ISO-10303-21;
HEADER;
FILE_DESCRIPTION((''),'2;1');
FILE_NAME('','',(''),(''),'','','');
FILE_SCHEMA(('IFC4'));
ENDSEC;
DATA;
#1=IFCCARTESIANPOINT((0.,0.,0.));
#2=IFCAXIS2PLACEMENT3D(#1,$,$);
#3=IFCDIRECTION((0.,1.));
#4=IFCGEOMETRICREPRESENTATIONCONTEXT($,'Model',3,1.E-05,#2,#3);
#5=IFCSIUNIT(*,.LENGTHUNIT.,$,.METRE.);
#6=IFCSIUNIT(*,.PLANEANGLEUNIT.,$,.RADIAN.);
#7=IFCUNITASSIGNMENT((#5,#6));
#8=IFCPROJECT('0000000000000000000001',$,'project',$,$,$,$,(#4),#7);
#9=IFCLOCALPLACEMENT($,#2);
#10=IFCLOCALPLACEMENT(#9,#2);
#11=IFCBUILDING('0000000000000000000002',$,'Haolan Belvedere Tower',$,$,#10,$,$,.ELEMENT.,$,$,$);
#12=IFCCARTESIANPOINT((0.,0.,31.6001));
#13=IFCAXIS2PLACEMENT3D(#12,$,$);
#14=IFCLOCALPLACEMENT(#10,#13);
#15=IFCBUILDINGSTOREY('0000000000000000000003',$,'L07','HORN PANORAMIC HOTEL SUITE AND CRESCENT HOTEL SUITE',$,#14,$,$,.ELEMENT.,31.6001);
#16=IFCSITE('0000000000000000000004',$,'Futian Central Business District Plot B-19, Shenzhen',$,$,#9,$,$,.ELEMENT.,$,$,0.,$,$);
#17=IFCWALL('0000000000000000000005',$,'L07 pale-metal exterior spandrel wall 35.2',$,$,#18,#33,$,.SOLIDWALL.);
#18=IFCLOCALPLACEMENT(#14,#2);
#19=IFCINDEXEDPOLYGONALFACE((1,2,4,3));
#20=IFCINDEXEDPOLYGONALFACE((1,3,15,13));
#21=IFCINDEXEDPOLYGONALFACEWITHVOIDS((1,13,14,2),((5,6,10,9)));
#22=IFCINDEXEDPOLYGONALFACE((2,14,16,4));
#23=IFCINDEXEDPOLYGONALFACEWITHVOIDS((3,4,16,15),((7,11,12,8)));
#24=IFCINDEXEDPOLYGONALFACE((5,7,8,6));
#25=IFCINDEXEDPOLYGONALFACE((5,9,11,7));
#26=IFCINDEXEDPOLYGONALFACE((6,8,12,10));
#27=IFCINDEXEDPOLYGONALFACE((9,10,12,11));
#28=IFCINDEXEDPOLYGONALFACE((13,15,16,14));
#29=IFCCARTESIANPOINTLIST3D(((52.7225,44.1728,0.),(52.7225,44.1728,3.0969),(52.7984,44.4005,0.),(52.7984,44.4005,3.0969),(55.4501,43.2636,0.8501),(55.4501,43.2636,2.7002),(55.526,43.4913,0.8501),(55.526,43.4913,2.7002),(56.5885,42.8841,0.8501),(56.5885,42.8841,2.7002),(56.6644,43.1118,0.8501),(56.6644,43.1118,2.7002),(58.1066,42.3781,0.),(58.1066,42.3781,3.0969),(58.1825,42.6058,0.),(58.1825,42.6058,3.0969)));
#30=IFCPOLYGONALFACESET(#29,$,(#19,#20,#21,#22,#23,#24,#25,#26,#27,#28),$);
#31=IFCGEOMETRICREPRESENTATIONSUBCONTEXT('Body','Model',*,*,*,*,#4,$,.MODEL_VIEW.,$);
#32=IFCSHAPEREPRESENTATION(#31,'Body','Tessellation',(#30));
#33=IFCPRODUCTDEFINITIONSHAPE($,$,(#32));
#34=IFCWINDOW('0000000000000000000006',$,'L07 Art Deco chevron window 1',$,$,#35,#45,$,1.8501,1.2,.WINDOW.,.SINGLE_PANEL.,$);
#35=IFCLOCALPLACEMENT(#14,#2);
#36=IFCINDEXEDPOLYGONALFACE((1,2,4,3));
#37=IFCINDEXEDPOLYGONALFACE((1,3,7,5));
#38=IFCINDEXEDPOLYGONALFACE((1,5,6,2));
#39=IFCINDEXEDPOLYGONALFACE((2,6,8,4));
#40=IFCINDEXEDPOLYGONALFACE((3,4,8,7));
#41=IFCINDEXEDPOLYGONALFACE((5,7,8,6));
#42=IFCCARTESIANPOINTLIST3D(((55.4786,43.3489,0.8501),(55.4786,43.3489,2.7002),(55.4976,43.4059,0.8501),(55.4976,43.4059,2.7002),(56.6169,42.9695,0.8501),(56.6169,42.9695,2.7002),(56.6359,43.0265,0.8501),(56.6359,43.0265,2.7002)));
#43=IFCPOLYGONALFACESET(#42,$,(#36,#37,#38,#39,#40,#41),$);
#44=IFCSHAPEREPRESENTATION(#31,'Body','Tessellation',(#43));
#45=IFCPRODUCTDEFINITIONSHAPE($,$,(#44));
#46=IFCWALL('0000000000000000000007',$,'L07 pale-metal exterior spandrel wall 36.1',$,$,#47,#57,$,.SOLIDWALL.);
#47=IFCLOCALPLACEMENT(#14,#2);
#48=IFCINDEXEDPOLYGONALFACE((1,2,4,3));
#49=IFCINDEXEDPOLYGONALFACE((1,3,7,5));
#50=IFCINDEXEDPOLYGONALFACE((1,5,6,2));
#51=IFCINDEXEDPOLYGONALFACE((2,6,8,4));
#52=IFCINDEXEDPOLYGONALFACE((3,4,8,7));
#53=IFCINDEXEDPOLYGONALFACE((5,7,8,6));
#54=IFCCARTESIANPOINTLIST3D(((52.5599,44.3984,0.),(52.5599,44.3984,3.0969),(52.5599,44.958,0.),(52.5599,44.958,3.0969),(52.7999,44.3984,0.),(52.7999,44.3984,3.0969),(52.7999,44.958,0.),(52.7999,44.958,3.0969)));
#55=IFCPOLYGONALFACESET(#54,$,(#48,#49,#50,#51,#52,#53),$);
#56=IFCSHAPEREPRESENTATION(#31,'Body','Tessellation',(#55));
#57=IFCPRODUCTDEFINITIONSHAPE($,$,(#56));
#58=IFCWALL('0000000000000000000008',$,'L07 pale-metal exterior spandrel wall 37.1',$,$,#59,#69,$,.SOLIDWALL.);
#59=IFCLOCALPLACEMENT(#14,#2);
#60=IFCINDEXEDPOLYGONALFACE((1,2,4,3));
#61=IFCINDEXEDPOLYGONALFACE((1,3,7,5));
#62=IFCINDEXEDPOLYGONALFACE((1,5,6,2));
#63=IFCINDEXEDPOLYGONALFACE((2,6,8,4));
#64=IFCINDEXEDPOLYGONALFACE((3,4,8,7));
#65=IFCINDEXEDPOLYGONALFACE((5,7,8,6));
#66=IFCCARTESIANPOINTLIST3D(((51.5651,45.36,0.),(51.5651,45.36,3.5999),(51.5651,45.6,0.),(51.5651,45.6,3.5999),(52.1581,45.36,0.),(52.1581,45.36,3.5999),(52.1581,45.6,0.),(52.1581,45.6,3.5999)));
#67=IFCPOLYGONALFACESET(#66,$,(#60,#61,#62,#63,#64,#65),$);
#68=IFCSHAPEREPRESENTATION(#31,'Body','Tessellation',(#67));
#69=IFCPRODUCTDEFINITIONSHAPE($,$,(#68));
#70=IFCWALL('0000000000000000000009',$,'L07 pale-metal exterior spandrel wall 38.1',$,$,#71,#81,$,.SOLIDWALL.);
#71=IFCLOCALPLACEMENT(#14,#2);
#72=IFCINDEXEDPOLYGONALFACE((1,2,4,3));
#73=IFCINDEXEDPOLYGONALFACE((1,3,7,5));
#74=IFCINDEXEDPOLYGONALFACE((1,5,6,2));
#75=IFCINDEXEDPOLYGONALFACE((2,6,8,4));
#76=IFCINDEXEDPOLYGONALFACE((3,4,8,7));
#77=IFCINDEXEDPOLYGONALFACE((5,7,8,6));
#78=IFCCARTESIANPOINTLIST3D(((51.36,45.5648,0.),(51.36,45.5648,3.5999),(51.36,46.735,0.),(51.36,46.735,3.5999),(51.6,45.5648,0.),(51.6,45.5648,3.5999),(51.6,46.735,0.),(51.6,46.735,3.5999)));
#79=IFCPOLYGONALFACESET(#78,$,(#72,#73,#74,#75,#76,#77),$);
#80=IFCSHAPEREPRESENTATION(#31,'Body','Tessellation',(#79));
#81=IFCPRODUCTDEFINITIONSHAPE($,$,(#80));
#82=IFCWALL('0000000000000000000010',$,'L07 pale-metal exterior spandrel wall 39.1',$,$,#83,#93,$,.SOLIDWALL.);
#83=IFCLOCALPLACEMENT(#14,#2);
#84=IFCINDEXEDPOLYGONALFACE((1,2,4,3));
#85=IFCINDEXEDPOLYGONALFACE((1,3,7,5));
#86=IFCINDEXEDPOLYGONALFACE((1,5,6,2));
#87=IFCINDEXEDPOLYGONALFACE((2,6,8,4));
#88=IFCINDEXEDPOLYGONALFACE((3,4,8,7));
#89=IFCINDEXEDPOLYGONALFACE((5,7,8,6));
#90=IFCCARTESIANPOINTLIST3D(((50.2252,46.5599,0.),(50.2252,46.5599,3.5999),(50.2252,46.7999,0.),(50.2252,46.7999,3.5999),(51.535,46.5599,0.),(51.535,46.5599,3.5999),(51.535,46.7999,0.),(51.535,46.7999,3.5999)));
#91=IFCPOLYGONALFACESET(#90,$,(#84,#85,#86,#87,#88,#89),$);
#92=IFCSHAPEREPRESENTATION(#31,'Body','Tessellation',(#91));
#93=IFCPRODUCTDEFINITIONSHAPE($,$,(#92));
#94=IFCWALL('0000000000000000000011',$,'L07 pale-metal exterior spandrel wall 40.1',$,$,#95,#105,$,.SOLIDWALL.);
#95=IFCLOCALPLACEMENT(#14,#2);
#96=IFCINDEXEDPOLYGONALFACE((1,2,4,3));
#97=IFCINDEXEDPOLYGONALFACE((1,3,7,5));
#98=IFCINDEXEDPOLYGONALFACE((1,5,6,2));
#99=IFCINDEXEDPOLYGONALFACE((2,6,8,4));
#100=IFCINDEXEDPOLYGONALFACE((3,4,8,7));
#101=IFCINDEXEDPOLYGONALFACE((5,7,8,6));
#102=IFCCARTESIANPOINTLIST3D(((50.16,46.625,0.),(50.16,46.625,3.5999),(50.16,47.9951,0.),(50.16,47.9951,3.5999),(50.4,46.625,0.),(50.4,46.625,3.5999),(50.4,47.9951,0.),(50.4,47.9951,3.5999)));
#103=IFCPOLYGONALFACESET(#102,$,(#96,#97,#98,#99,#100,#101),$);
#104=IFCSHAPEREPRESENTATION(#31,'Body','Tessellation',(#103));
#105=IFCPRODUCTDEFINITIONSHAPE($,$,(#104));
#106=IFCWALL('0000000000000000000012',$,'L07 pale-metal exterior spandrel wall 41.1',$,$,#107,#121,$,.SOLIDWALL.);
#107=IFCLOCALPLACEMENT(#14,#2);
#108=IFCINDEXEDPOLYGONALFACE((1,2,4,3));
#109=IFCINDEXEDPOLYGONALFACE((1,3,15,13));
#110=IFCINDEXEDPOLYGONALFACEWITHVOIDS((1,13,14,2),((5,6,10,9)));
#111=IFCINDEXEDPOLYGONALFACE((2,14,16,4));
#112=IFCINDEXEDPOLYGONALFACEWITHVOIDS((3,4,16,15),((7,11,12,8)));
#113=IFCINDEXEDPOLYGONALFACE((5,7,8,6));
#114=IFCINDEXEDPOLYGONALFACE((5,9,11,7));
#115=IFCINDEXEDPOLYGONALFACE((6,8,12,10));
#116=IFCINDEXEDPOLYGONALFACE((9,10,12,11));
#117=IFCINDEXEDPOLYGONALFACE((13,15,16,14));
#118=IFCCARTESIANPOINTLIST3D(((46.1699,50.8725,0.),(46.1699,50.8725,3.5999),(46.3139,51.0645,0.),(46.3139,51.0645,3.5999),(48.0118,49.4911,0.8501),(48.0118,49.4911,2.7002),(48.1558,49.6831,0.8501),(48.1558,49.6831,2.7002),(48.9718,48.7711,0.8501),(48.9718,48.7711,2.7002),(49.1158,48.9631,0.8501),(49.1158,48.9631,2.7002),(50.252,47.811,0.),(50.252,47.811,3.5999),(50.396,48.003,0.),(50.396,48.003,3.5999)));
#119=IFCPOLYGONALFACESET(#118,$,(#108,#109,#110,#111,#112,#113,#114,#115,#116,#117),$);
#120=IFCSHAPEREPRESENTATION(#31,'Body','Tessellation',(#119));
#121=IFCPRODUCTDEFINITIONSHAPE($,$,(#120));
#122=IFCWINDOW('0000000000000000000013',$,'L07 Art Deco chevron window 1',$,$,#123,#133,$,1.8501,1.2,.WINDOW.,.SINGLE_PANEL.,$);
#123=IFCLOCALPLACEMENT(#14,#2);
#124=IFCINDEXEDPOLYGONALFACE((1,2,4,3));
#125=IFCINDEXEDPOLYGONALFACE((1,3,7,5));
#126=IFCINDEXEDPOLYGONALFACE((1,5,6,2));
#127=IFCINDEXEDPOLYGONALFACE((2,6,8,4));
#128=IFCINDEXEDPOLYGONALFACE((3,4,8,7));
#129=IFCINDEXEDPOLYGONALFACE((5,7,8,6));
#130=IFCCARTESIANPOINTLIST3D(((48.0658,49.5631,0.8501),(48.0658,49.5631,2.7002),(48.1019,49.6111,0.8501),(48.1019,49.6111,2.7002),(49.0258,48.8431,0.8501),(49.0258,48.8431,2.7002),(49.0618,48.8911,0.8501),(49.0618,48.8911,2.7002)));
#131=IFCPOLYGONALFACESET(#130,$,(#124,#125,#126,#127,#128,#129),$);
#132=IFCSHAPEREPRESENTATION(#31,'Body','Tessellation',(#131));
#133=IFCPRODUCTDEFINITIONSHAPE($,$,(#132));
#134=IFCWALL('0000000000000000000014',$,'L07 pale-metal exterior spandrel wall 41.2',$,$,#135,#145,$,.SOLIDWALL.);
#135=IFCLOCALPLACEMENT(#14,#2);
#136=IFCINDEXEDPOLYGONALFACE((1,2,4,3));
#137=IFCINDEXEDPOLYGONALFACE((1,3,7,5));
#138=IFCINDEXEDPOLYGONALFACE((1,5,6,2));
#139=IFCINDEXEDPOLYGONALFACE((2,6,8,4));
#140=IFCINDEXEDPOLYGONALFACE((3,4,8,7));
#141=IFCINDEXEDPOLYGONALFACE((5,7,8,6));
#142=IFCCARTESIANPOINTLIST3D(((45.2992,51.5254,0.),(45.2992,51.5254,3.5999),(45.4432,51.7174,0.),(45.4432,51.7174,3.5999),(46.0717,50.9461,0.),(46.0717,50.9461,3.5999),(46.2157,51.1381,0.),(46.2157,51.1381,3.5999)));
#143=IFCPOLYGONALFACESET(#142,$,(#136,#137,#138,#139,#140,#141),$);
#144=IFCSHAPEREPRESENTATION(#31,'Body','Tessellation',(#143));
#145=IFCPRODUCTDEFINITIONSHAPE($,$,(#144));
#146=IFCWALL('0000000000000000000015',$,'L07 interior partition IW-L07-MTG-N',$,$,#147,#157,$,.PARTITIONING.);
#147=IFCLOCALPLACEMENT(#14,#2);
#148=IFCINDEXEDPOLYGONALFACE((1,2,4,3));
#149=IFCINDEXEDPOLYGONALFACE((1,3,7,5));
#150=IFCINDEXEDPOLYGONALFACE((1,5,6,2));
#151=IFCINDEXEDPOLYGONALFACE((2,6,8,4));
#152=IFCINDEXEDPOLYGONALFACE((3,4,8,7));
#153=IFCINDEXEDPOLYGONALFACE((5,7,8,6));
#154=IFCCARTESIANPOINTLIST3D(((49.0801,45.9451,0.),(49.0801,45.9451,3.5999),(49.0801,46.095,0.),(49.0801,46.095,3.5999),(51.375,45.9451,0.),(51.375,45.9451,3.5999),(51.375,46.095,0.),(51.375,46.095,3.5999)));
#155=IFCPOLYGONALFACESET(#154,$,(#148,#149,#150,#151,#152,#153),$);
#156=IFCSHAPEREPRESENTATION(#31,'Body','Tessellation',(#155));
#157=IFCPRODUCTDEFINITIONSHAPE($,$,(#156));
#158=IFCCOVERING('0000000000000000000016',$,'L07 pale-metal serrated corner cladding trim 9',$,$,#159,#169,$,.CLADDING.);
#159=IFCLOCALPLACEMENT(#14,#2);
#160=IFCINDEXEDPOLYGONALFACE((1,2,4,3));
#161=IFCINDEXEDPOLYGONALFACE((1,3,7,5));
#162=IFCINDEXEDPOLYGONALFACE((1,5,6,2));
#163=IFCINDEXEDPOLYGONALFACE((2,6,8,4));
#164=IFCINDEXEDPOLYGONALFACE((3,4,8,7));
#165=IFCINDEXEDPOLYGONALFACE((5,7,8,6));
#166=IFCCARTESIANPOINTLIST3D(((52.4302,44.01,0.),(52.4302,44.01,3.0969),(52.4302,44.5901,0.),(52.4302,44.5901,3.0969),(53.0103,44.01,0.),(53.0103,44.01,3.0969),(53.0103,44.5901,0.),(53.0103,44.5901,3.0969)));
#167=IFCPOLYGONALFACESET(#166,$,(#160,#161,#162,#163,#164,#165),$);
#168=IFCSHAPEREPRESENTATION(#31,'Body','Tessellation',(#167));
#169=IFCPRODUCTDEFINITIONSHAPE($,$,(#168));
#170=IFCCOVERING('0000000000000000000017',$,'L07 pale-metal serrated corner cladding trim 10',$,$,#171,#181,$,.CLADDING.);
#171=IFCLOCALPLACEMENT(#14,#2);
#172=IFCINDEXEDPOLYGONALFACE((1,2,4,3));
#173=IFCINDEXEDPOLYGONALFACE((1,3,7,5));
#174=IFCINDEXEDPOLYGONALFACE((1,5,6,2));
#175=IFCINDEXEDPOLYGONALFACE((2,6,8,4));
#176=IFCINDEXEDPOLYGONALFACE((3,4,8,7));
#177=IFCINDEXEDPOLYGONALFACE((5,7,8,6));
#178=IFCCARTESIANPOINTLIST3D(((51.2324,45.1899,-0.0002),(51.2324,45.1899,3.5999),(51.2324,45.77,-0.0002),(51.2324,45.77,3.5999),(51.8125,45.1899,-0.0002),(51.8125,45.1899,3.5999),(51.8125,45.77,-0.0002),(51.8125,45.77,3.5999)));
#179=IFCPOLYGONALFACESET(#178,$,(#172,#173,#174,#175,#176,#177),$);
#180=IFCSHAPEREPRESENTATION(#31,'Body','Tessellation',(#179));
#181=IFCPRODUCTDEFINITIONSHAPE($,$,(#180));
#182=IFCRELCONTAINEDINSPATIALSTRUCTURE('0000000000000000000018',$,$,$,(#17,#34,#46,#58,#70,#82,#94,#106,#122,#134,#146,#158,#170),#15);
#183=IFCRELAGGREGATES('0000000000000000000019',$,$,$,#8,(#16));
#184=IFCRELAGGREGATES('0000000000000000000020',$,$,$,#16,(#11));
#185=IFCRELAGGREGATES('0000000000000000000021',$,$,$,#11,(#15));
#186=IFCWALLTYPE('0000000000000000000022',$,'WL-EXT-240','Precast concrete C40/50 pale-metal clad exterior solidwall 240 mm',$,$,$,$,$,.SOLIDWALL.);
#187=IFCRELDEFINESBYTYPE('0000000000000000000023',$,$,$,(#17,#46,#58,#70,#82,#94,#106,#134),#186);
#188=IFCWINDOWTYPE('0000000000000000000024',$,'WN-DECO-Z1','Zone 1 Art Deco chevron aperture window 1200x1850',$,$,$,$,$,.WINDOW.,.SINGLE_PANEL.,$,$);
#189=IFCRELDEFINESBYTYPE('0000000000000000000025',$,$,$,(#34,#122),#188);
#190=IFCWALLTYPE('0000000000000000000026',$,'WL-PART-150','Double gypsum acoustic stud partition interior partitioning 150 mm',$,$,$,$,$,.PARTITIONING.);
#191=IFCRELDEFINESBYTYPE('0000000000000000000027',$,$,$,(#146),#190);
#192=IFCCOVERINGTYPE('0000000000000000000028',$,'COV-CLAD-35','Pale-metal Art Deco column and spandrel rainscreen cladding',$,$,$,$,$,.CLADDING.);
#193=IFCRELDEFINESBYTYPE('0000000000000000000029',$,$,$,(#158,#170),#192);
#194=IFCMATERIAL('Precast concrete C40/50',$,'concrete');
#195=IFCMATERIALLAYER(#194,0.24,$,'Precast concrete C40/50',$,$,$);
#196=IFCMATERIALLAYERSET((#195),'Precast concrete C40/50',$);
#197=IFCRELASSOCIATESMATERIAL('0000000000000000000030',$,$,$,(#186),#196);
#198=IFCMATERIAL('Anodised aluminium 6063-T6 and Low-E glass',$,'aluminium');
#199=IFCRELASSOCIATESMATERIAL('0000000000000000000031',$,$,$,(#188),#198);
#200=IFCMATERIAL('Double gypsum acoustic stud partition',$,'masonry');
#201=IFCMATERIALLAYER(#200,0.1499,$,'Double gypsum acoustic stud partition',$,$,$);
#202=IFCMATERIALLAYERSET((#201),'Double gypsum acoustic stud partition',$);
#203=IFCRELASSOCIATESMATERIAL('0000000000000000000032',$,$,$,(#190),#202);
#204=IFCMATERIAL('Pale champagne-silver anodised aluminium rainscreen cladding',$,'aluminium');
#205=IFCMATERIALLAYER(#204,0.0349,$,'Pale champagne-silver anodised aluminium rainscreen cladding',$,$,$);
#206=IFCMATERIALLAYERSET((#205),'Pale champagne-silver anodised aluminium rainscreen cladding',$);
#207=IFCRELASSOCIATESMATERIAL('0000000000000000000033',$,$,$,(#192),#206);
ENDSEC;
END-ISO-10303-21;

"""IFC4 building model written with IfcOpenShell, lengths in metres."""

from ifc_helpers import new_model, si_unit, direction, frame, frame_2d, origin, origin_2d, place, context, subcontext, project, spatial, rectangle, extrude, material, layer, layer_set, type_object, element, fill, save


model = new_model("IFC4")

# Units and contexts
model_context = context("Model", 3, precision=1e-05, world=origin(), true_north=direction((0.0, 1.0)))
body_context = subcontext(model_context, "Body", "Model", "MODEL_VIEW")
ifc_project = project(units=[si_unit("LENGTHUNIT", "METRE"), si_unit("PLANEANGLEUNIT", "RADIAN")], contexts=[model_context])

# Site, building, storey
site_placement = place(None, origin())
site = spatial("IfcSite", under=ifc_project, at=site_placement, Name="Futian Central Business District Plot B-19, Shenzhen", CompositionType="ELEMENT", RefElevation=0.0)
building_placement = place(site_placement, origin())
building = spatial("IfcBuilding", under=site, at=building_placement, Name="Haolan Belvedere Tower", CompositionType="ELEMENT")
storey_placement = place(building_placement, frame((0.0, 0.0, 31.6001)))
storey = spatial("IfcBuildingStorey", under=building, at=storey_placement, Name="L07", Description="HORN PANORAMIC HOTEL SUITE AND CRESCENT HOTEL SUITE", CompositionType="ELEMENT", Elevation=31.6001)

# Shared definitions
ifc_material_1 = material(Name="Precast concrete C40/50", Category="concrete")
ifc_layer_1 = layer(ifc_material_1, 0.24, Name="Precast concrete C40/50")
ifc_layer_set_1 = layer_set([ifc_layer_1], Name="Precast concrete C40/50")
wall_type_1 = type_object("IfcWallType", Name="WL-EXT-240", Description="Precast concrete C40/50 pale-metal clad exterior solidwall 240 mm", PredefinedType="SOLIDWALL", material=ifc_layer_set_1)
ifc_material_2 = material(Name="Anodised aluminium 6063-T6 and Low-E glass", Category="aluminium")
window_type = type_object("IfcWindowType", Name="WN-DECO-Z1", Description="Zone 1 Art Deco chevron aperture window 1200x1850", PartitioningType="SINGLE_PANEL", PredefinedType="WINDOW", material=ifc_material_2)

# Wall, opening, window
wall_1_placement = place(storey_placement, frame((58.1445, 42.4919, 0.0), z_axis=(0.0, 0.0, 1.0), x_axis=(-0.948683, 0.316228, 0.0)))
wall_1 = element("IfcWall", 1, at=wall_1_placement, inside=storey, type_object=wall_type_1, Name="L07 pale-metal exterior spandrel wall 35.2", PredefinedType="SOLIDWALL", context=body_context, shape_type="SweptSolid", body=[
    extrude(rectangle(XDim=5.6753, YDim=0.24, at=frame_2d((2.8376, 0.0))), origin(), (0.0, 0.0, 1.0), 3.0969),
])
opening_1_placement = place(wall_1_placement, frame((1.6001, 0.0, 0.8501)))
opening_1 = element("IfcOpeningElement", 2, at=opening_1_placement, cuts=wall_1, PredefinedType="OPENING", context=body_context, shape_type="SweptSolid", body=[
    extrude(rectangle(XDim=1.2, YDim=1.8501, at=frame_2d((0.6001, 0.925))), frame((0.0, 0.1299, 0.0), z_axis=(0.0, -1.0, 0.0), x_axis=(1.0, 0.0, 0.0)), (0.0, 0.0, 1.0), 0.26),
])
window_1_placement = place(opening_1_placement, origin())
window_1 = element("IfcWindow", 3, at=window_1_placement, inside=storey, type_object=window_type, Name="L07 Art Deco chevron window 1", OverallHeight=1.8501, OverallWidth=1.2, PartitioningType="SINGLE_PANEL", PredefinedType="WINDOW", context=body_context, shape_type="SweptSolid", body=[
    extrude(rectangle(XDim=1.2, YDim=1.8501, at=frame_2d((0.6001, 0.925))), frame((0.0, 0.03, 0.0), z_axis=(0.0, -1.0, 0.0), x_axis=(1.0, 0.0, 0.0)), (0.0, 0.0, 1.0), 0.0601),
])
fill(opening_1, window_1)

# Walls
wall_2_placement = place(storey_placement, frame((52.6799, 44.3984, 0.0), z_axis=(0.0, 0.0, 1.0), x_axis=(0.0, 1.0, 0.0)))
element("IfcWall", 4, at=wall_2_placement, inside=storey, type_object=wall_type_1, Name="L07 pale-metal exterior spandrel wall 36.1", PredefinedType="SOLIDWALL", context=body_context, shape_type="SweptSolid", body=[
    extrude(rectangle(XDim=0.5596, YDim=0.24, at=frame_2d((0.2798, 0.0))), origin(), (0.0, 0.0, 1.0), 3.0969),
])
wall_3_placement = place(storey_placement, frame((52.158, 45.48, 0.0), z_axis=(0.0, 0.0, 1.0), x_axis=(-1.0, 0.0, 0.0)))
element("IfcWall", 5, at=wall_3_placement, inside=storey, type_object=wall_type_1, Name="L07 pale-metal exterior spandrel wall 37.1", PredefinedType="SOLIDWALL", context=body_context, shape_type="SweptSolid", body=[
    extrude(rectangle(XDim=0.593, YDim=0.24, at=frame_2d((0.2964, 0.0))), origin(), (0.0, 0.0, 1.0), 3.5999),
])
wall_4_placement = place(storey_placement, frame((51.48, 45.5649, 0.0), z_axis=(0.0, 0.0, 1.0), x_axis=(0.0, 1.0, 0.0)))
element("IfcWall", 6, at=wall_4_placement, inside=storey, type_object=wall_type_1, Name="L07 pale-metal exterior spandrel wall 38.1", PredefinedType="SOLIDWALL", context=body_context, shape_type="SweptSolid", body=[
    extrude(rectangle(XDim=1.1702, YDim=0.24, at=frame_2d((0.585, 0.0))), origin(), (0.0, 0.0, 1.0), 3.5999),
])
wall_5_placement = place(storey_placement, frame((51.5349, 46.6799, 0.0), z_axis=(0.0, 0.0, 1.0), x_axis=(-1.0, 0.0, 0.0)))
element("IfcWall", 7, at=wall_5_placement, inside=storey, type_object=wall_type_1, Name="L07 pale-metal exterior spandrel wall 39.1", PredefinedType="SOLIDWALL", context=body_context, shape_type="SweptSolid", body=[
    extrude(rectangle(XDim=1.3098, YDim=0.24, at=frame_2d((0.6548, 0.0))), origin(), (0.0, 0.0, 1.0), 3.5999),
])
wall_6_placement = place(storey_placement, frame((50.28, 46.625, 0.0), z_axis=(0.0, 0.0, 1.0), x_axis=(0.0, 1.0, 0.0)))
element("IfcWall", 8, at=wall_6_placement, inside=storey, type_object=wall_type_1, Name="L07 pale-metal exterior spandrel wall 40.1", PredefinedType="SOLIDWALL", context=body_context, shape_type="SweptSolid", body=[
    extrude(rectangle(XDim=1.3701, YDim=0.24, at=frame_2d((0.6851, 0.0))), origin(), (0.0, 0.0, 1.0), 3.5999),
])

# Wall, opening, window
wall_7_placement = place(storey_placement, frame((50.324, 47.907, 0.0), z_axis=(0.0, 0.0, 1.0), x_axis=(-0.8, 0.6, 0.0)))
wall_7 = element("IfcWall", 9, at=wall_7_placement, inside=storey, type_object=wall_type_1, Name="L07 pale-metal exterior spandrel wall 41.1", PredefinedType="SOLIDWALL", context=body_context, shape_type="SweptSolid", body=[
    extrude(rectangle(XDim=5.1025, YDim=0.24, at=frame_2d((2.5513, 0.0))), origin(), (0.0, 0.0, 1.0), 3.5999),
])
opening_2_placement = place(wall_7_placement, frame((1.6001, 0.0, 0.8501)))
opening_2 = element("IfcOpeningElement", 10, at=opening_2_placement, cuts=wall_7, PredefinedType="OPENING", context=body_context, shape_type="SweptSolid", body=[
    extrude(rectangle(XDim=1.2, YDim=1.8501, at=frame_2d((0.6001, 0.925))), frame((0.0, 0.1299, 0.0), z_axis=(0.0, -1.0, 0.0), x_axis=(1.0, 0.0, 0.0)), (0.0, 0.0, 1.0), 0.26),
])
window_2_placement = place(opening_2_placement, origin())
window_2 = element("IfcWindow", 11, at=window_2_placement, inside=storey, type_object=window_type, Name="L07 Art Deco chevron window 1", OverallHeight=1.8501, OverallWidth=1.2, PartitioningType="SINGLE_PANEL", PredefinedType="WINDOW", context=body_context, shape_type="SweptSolid", body=[
    extrude(rectangle(XDim=1.2, YDim=1.8501, at=frame_2d((0.6001, 0.925))), frame((0.0, 0.03, 0.0), z_axis=(0.0, -1.0, 0.0), x_axis=(1.0, 0.0, 0.0)), (0.0, 0.0, 1.0), 0.0601),
])
fill(opening_2, window_2)

# Walls
wall_8_placement = place(storey_placement, frame((46.1438, 51.042, 0.0), z_axis=(0.0, 0.0, 1.0), x_axis=(-0.8, 0.6, 0.0)))
element("IfcWall", 12, at=wall_8_placement, inside=storey, type_object=wall_type_1, Name="L07 pale-metal exterior spandrel wall 41.2", PredefinedType="SOLIDWALL", context=body_context, shape_type="SweptSolid", body=[
    extrude(rectangle(XDim=0.9656, YDim=0.24, at=frame_2d((0.4829, 0.0))), origin(), (0.0, 0.0, 1.0), 3.5999),
])
ifc_material_3 = material(Name="Double gypsum acoustic stud partition", Category="masonry")
ifc_layer_2 = layer(ifc_material_3, 0.1499, Name="Double gypsum acoustic stud partition")
ifc_layer_set_2 = layer_set([ifc_layer_2], Name="Double gypsum acoustic stud partition")
wall_type_2 = type_object("IfcWallType", Name="WL-PART-150", Description="Double gypsum acoustic stud partition interior partitioning 150 mm", PredefinedType="PARTITIONING", material=ifc_layer_set_2)
wall_9_placement = place(storey_placement, frame((49.0801, 46.02, 0.0), z_axis=(0.0, 0.0, 1.0), x_axis=(1.0, 0.0, 0.0)))
element("IfcWall", 13, at=wall_9_placement, inside=storey, type_object=wall_type_2, Name="L07 interior partition IW-L07-MTG-N", PredefinedType="PARTITIONING", context=body_context, shape_type="SweptSolid", body=[
    extrude(rectangle(XDim=2.2949, YDim=0.1499, at=frame_2d((1.1475, 0.0))), origin(), (0.0, 0.0, 1.0), 3.5999),
])

# Coverings
ifc_material_4 = material(Name="Pale champagne-silver anodised aluminium rainscreen cladding", Category="aluminium")
ifc_layer_3 = layer(ifc_material_4, 0.0349, Name="Pale champagne-silver anodised aluminium rainscreen cladding")
ifc_layer_set_3 = layer_set([ifc_layer_3], Name="Pale champagne-silver anodised aluminium rainscreen cladding")
covering_type = type_object("IfcCoveringType", Name="COV-CLAD-35", Description="Pale-metal Art Deco column and spandrel rainscreen cladding", PredefinedType="CLADDING", material=ifc_layer_set_3)
covering_1_placement = place(storey_placement, frame((52.7202, 44.3, 0.0), z_axis=(0.0, 0.0, 1.0), x_axis=(1.0, 0.0, 0.0)))
element("IfcCovering", 14, at=covering_1_placement, inside=storey, type_object=covering_type, Name="L07 pale-metal serrated corner cladding trim 9", PredefinedType="CLADDING", context=body_context, shape_type="SweptSolid", body=[
    extrude(rectangle(XDim=0.5801, YDim=0.5801, at=origin_2d()), origin(), (0.0, 0.0, 1.0), 3.0969),
])
covering_2_placement = place(storey_placement, frame((51.5225, 45.48, -0.0002), z_axis=(0.0, 0.0, 1.0), x_axis=(1.0, 0.0, 0.0)))
element("IfcCovering", 15, at=covering_2_placement, inside=storey, type_object=covering_type, Name="L07 pale-metal serrated corner cladding trim 10", PredefinedType="CLADDING", context=body_context, shape_type="SweptSolid", body=[
    extrude(rectangle(XDim=0.5801, YDim=0.5801, at=origin_2d()), origin(), (0.0, 0.0, 1.0), 3.6001),
])

save(model, "model.ifc")
